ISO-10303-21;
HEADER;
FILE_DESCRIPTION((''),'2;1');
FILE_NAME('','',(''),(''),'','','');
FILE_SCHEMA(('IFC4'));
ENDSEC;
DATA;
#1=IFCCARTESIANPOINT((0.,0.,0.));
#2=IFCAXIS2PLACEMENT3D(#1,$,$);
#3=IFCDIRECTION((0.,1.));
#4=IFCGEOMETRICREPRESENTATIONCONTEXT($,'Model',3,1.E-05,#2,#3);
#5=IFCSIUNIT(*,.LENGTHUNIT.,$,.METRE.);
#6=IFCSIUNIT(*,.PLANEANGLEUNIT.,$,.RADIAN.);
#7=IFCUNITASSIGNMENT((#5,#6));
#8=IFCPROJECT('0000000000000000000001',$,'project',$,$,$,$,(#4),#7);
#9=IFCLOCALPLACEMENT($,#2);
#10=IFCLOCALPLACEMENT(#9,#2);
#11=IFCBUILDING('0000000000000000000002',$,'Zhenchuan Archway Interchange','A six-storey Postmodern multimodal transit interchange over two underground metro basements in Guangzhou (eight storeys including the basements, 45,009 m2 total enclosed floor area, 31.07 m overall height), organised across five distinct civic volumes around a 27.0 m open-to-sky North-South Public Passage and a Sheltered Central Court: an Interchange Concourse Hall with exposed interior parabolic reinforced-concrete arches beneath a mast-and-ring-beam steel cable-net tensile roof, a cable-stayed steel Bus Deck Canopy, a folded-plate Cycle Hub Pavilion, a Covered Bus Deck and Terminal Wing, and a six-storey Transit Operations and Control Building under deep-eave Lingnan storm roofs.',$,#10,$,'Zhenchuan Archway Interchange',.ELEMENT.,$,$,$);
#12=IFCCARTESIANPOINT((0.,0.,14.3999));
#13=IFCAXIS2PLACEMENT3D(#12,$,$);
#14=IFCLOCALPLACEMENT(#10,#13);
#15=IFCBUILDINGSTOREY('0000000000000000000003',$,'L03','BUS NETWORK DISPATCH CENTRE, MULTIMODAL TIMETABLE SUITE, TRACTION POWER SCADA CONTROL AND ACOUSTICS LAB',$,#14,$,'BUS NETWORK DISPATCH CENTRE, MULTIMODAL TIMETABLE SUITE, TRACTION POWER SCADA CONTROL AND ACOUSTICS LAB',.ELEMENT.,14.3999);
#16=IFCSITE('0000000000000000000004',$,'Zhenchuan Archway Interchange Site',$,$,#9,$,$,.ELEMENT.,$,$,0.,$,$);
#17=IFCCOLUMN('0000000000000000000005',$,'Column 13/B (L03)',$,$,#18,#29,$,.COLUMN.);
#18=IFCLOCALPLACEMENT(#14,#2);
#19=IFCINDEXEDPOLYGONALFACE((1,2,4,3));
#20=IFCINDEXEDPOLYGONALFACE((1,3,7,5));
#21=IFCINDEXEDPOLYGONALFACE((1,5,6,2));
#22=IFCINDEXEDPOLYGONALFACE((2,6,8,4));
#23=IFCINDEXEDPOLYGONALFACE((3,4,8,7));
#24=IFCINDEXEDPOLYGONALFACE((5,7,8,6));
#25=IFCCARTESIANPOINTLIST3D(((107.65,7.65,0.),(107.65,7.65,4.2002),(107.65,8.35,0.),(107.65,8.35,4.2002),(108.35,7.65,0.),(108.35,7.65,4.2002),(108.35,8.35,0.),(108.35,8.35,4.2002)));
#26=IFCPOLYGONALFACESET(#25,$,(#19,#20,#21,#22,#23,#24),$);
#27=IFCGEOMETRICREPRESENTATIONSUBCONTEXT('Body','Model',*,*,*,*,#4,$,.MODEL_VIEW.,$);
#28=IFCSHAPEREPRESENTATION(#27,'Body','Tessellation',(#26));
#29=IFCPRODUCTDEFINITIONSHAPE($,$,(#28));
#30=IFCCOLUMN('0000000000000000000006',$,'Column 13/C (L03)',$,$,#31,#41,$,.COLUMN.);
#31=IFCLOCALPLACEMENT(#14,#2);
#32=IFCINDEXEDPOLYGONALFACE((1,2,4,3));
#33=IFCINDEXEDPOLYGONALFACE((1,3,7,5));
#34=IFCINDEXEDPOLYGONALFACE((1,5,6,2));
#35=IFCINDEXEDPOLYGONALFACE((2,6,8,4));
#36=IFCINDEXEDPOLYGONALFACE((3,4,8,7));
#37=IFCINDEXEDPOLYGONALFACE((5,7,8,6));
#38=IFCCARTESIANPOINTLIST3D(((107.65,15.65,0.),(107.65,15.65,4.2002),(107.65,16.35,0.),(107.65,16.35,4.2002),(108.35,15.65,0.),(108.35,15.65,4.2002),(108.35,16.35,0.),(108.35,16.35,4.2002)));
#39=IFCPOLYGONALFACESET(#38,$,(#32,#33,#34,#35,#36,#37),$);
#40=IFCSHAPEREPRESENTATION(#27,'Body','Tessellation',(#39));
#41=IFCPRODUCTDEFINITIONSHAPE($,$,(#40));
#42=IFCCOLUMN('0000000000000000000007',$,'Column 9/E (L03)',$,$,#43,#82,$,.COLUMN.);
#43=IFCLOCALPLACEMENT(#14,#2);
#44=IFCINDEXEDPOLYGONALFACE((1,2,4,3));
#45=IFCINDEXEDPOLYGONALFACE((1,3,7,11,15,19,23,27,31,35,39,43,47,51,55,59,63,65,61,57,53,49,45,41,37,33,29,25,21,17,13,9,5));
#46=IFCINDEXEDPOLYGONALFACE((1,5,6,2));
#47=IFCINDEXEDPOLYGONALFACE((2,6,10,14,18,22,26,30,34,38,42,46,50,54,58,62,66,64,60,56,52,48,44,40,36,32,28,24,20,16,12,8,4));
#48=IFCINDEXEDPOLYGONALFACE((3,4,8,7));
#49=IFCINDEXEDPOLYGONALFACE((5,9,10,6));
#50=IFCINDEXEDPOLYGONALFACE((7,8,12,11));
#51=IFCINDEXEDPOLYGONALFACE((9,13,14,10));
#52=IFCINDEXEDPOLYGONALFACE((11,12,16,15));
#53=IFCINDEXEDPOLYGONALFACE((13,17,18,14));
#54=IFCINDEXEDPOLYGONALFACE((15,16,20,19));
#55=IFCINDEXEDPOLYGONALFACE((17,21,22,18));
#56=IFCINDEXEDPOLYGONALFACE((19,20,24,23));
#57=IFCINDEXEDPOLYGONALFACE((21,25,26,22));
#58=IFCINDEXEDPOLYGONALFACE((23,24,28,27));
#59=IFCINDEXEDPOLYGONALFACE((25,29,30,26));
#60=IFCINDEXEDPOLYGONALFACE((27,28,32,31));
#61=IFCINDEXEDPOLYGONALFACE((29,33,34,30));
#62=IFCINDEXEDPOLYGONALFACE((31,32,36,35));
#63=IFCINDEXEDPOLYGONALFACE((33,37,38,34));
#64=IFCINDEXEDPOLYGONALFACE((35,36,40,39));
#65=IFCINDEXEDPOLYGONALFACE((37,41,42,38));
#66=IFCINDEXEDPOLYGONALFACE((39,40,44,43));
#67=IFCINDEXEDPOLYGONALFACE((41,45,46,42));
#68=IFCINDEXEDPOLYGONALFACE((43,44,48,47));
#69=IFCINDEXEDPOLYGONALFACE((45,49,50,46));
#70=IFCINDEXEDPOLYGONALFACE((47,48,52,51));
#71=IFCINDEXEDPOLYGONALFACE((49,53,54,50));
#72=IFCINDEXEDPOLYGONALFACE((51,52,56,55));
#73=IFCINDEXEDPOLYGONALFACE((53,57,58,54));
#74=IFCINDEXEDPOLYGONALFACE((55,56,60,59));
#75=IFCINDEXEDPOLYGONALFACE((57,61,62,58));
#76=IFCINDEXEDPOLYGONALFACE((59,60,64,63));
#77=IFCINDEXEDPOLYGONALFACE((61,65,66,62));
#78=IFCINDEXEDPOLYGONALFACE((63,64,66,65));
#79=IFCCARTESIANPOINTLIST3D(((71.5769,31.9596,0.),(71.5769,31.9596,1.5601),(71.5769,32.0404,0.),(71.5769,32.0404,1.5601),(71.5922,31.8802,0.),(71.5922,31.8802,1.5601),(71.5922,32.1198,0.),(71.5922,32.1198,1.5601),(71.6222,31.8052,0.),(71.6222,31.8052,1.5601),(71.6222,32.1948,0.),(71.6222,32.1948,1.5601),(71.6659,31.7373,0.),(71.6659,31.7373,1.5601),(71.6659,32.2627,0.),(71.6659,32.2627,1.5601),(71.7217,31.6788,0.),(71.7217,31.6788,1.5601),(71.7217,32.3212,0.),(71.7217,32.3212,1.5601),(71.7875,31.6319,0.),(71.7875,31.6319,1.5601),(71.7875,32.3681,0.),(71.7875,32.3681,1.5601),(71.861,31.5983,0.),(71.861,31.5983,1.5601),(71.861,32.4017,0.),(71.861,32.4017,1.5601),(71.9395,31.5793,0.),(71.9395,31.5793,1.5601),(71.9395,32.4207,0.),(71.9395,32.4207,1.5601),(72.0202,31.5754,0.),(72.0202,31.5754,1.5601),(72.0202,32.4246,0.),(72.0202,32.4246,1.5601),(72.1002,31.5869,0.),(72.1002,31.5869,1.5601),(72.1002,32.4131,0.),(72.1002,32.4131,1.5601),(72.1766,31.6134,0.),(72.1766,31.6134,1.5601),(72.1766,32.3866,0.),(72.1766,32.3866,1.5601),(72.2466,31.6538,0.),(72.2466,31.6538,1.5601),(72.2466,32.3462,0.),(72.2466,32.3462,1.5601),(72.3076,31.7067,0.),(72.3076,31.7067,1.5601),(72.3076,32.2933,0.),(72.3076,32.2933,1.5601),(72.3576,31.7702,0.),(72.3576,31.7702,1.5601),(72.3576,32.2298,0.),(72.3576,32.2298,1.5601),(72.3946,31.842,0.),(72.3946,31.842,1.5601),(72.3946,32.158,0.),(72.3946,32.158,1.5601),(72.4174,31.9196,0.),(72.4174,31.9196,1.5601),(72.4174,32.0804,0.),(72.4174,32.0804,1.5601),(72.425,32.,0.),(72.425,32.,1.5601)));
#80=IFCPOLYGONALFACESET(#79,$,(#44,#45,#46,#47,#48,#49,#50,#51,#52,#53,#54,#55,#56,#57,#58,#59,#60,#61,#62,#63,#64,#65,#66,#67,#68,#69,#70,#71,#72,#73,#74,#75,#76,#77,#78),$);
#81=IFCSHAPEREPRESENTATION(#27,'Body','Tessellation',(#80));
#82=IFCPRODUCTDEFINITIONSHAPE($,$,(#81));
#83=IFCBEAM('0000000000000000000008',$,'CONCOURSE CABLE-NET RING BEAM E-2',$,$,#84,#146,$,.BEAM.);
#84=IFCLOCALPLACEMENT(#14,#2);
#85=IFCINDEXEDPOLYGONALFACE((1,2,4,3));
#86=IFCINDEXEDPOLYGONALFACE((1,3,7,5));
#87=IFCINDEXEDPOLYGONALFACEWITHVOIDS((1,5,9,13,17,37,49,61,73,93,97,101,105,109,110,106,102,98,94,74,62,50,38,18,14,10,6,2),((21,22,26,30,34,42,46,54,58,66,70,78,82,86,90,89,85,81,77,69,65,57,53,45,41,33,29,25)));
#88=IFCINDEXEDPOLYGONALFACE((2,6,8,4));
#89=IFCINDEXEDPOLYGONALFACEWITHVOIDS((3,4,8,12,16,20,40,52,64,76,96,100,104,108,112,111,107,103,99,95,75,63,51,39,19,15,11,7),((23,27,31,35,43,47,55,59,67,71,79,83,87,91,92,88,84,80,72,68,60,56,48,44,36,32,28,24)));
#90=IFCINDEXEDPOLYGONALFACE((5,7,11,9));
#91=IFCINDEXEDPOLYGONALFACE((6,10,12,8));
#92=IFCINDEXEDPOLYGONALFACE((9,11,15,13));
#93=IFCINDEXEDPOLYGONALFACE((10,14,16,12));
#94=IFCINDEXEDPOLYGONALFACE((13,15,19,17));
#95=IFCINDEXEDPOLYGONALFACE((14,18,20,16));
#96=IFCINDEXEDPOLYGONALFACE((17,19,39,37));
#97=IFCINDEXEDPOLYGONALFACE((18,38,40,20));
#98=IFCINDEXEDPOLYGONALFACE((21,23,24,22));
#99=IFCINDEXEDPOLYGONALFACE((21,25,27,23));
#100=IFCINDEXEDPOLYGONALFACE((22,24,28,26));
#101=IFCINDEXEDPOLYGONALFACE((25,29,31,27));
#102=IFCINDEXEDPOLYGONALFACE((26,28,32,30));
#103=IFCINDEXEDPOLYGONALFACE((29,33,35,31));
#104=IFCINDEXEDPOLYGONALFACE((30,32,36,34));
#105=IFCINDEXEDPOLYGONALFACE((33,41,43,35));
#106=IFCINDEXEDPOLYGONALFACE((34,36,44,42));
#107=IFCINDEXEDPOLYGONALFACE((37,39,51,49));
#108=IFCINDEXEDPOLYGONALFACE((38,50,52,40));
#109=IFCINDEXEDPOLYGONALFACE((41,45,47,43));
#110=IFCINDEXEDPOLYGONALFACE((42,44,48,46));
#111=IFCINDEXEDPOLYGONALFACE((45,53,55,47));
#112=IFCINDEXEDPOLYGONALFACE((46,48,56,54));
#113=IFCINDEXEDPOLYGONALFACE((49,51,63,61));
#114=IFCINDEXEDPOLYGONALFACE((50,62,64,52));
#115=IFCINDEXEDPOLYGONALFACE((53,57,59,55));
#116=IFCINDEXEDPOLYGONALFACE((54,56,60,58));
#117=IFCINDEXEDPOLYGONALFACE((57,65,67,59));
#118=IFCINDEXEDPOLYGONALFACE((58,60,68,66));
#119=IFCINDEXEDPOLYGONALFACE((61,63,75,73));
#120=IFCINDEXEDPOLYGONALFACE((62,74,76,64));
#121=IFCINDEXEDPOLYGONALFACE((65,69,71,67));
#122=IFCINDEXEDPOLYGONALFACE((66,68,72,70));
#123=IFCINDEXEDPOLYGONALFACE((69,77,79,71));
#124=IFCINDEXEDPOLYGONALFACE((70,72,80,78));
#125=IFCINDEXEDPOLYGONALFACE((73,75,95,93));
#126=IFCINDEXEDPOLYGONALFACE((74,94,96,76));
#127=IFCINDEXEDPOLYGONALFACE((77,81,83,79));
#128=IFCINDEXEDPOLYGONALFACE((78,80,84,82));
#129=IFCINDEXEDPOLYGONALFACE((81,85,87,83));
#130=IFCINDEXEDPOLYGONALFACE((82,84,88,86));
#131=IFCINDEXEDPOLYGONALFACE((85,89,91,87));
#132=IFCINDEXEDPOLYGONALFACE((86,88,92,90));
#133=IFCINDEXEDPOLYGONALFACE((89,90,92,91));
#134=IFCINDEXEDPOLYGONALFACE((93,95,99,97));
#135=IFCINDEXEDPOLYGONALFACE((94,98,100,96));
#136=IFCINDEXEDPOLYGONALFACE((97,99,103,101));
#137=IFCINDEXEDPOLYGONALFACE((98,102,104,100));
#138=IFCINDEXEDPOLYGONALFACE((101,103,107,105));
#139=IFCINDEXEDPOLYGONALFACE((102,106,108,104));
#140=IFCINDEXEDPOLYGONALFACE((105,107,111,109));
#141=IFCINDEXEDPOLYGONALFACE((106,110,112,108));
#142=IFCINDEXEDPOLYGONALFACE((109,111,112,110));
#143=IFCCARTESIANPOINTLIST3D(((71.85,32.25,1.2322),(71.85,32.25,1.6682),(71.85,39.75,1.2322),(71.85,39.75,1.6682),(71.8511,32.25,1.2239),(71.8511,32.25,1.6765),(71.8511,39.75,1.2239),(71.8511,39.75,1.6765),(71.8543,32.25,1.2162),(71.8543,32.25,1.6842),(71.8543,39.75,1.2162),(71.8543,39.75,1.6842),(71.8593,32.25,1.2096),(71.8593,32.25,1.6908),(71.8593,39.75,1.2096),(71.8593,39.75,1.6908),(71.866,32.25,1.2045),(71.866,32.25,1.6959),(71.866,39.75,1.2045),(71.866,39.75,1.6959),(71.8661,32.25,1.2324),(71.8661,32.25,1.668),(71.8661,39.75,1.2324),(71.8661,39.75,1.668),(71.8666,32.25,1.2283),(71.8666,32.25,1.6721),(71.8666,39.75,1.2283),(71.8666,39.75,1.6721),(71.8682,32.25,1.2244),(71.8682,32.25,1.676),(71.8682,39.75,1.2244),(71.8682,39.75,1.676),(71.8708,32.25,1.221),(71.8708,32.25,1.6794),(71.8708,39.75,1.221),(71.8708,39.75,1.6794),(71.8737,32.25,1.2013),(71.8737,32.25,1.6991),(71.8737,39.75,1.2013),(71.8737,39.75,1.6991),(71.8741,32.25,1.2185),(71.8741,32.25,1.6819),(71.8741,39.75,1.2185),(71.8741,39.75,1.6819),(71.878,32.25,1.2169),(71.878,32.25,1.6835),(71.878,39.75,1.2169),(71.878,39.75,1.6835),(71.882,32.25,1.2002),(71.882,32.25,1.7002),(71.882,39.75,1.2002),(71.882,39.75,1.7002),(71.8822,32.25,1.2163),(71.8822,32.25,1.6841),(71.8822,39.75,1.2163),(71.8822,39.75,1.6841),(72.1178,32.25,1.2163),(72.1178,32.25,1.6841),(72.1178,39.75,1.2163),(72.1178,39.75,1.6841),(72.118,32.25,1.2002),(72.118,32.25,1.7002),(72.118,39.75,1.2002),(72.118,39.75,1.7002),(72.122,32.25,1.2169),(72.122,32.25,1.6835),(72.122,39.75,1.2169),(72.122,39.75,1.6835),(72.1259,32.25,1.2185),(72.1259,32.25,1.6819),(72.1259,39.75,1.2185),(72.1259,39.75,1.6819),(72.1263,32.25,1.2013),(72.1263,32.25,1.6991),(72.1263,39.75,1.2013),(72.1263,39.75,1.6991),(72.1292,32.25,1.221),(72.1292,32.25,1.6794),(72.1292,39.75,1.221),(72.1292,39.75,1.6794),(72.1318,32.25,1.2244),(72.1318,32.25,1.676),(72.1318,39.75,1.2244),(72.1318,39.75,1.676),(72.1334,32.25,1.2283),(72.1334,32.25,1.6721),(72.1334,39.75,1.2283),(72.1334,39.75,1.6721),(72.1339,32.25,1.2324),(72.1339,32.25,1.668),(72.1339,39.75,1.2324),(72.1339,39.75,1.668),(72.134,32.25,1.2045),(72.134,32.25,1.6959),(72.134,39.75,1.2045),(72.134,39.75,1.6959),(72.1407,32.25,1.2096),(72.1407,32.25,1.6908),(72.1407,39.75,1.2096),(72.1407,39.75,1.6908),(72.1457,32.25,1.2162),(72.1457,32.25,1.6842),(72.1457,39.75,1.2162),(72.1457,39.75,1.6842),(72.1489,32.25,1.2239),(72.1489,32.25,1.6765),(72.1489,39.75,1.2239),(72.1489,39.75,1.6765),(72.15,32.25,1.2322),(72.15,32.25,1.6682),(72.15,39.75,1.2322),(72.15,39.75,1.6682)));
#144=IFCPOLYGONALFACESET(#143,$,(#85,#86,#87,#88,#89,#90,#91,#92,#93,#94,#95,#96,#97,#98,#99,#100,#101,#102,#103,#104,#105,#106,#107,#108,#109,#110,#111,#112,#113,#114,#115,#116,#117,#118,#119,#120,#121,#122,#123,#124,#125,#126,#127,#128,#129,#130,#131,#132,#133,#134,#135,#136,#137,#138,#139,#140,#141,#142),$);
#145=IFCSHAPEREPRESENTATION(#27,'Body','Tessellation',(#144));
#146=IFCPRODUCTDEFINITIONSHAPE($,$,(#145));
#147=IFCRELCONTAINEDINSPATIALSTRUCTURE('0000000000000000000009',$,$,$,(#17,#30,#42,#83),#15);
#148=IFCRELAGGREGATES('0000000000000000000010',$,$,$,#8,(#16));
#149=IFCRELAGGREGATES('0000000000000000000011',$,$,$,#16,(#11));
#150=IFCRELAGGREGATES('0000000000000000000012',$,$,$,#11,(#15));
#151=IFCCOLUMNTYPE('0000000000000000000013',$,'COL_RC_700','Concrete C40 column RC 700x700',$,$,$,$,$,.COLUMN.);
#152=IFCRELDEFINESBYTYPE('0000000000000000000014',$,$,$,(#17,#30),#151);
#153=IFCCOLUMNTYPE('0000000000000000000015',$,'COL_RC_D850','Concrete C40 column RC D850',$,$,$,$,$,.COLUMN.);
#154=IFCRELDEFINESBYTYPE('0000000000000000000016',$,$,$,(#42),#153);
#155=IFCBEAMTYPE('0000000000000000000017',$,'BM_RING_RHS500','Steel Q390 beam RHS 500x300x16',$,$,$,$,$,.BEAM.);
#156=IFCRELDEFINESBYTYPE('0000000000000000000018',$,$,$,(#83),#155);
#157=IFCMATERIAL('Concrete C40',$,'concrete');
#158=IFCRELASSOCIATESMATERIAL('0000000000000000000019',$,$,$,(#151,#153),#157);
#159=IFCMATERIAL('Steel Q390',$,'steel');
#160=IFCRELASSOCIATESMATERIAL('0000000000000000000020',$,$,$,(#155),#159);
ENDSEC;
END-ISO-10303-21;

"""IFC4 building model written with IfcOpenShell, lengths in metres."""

from ifc_helpers import new_model, si_unit, direction, frame, origin, origin_2d, place, context, subcontext, project, spatial, rectangle, hollow_rectangle, circle, extrude, material, material_profile, profile_set, type_object, element, save


model = new_model("IFC4")

# Units and contexts
model_context = context("Model", 3, precision=1e-05, world=origin(), true_north=direction((0.0, 1.0)))
body_context = subcontext(model_context, "Body", "Model", "MODEL_VIEW")
ifc_project = project(units=[si_unit("LENGTHUNIT", "METRE"), si_unit("PLANEANGLEUNIT", "RADIAN")], contexts=[model_context])

# Site, building, storey
site_placement = place(None, origin())
site = spatial("IfcSite", under=ifc_project, at=site_placement, Name="Zhenchuan Archway Interchange Site", CompositionType="ELEMENT", RefElevation=0.0)
building_placement = place(site_placement, origin())
building = spatial("IfcBuilding", under=site, at=building_placement, Name="Zhenchuan Archway Interchange", Description="A six-storey Postmodern multimodal transit interchange over two underground metro basements in Guangzhou (eight storeys including the basements, 45,009 m2 total enclosed floor area, 31.07 m overall height), organised across five distinct civic volumes around a 27.0 m open-to-sky North-South Public Passage and a Sheltered Central Court: an Interchange Concourse Hall with exposed interior parabolic reinforced-concrete arches beneath a mast-and-ring-beam steel cable-net tensile roof, a cable-stayed steel Bus Deck Canopy, a folded-plate Cycle Hub Pavilion, a Covered Bus Deck and Terminal Wing, and a six-storey Transit Operations and Control Building under deep-eave Lingnan storm roofs.", LongName="Zhenchuan Archway Interchange", CompositionType="ELEMENT")
storey_placement = place(building_placement, frame((0.0, 0.0, 14.3999)))
storey = spatial("IfcBuildingStorey", under=building, at=storey_placement, Name="L03", Description="BUS NETWORK DISPATCH CENTRE, MULTIMODAL TIMETABLE SUITE, TRACTION POWER SCADA CONTROL AND ACOUSTICS LAB", LongName="BUS NETWORK DISPATCH CENTRE, MULTIMODAL TIMETABLE SUITE, TRACTION POWER SCADA CONTROL AND ACOUSTICS LAB", CompositionType="ELEMENT", Elevation=14.3999)

# Columns
ifc_material_1 = material(Name="Concrete C40", Category="concrete")
ifc_material_profile_1 = material_profile(ifc_material_1, rectangle(XDim=0.7, YDim=0.7, at=origin_2d()), Name="RC 700x700")
ifc_profile_set_1 = profile_set([ifc_material_profile_1], Name="Concrete C40")
column_type_1 = type_object("IfcColumnType", Name="COL_RC_700", Description="Concrete C40 column RC 700x700", PredefinedType="COLUMN", material=ifc_profile_set_1)
for number, where, z_axis, x_axis, name in (
    (1, (108.0, 8.0, 0.0), (0.0, 0.0, 1.0), (1.0, 0.0, 0.0), "Column 13/B (L03)"),
    (2, (108.0, 16.0, 0.0), (0.0, 0.0, 1.0), (1.0, 0.0, 0.0), "Column 13/C (L03)"),
):
    element("IfcColumn", number, at=place(storey_placement, frame(where, z_axis=z_axis, x_axis=x_axis)), inside=storey, type_object=column_type_1, Name=name, PredefinedType="COLUMN", context=body_context, shape_type="SweptSolid", body=[
        extrude(rectangle(XDim=0.7, YDim=0.7, at=origin_2d()), origin(), (0.0, 0.0, 1.0), 4.2002),
    ])
ifc_material_profile_2 = material_profile(ifc_material_1, circle(Radius=0.425, at=origin_2d()), Name="RC D850")
ifc_profile_set_2 = profile_set([ifc_material_profile_2], Name="Concrete C40")
column_type_2 = type_object("IfcColumnType", Name="COL_RC_D850", Description="Concrete C40 column RC D850", PredefinedType="COLUMN", material=ifc_profile_set_2)
column_placement = place(storey_placement, frame((72.0, 32.0, 0.0), z_axis=(0.0, 0.0, 1.0), x_axis=(1.0, 0.0, 0.0)))
element("IfcColumn", 3, at=column_placement, inside=storey, type_object=column_type_2, Name="Column 9/E (L03)", PredefinedType="COLUMN", context=body_context, shape_type="SweptSolid", body=[
    extrude(circle(Radius=0.425, at=origin_2d()), origin(), (0.0, 0.0, 1.0), 1.5601),
])

# Beam
ifc_material_2 = material(Name="Steel Q390", Category="steel")
ifc_material_profile_3 = material_profile(ifc_material_2, hollow_rectangle(XDim=0.3, YDim=0.5, WallThickness=0.0161, InnerFilletRadius=0.0161, OuterFilletRadius=0.032, at=origin_2d()), Name="RHS 500x300x16")
ifc_profile_set_3 = profile_set([ifc_material_profile_3], Name="Steel Q390")
beam_type = type_object("IfcBeamType", Name="BM_RING_RHS500", Description="Steel Q390 beam RHS 500x300x16", PredefinedType="BEAM", material=ifc_profile_set_3)
beam_placement = place(storey_placement, frame((72.0, 32.25, 1.4502), z_axis=(0.0, 1.0, 0.0), x_axis=(-1.0, 0.0, 0.0)))
element("IfcBeam", 4, at=beam_placement, inside=storey, type_object=beam_type, Name="CONCOURSE CABLE-NET RING BEAM E-2", PredefinedType="BEAM", context=body_context, shape_type="SweptSolid", body=[
    extrude(hollow_rectangle(XDim=0.3, YDim=0.5, WallThickness=0.0161, InnerFilletRadius=0.0161, OuterFilletRadius=0.032, at=origin_2d()), origin(), (0.0, 0.0, 1.0), 7.5),
])

save(model, "model.ifc")
